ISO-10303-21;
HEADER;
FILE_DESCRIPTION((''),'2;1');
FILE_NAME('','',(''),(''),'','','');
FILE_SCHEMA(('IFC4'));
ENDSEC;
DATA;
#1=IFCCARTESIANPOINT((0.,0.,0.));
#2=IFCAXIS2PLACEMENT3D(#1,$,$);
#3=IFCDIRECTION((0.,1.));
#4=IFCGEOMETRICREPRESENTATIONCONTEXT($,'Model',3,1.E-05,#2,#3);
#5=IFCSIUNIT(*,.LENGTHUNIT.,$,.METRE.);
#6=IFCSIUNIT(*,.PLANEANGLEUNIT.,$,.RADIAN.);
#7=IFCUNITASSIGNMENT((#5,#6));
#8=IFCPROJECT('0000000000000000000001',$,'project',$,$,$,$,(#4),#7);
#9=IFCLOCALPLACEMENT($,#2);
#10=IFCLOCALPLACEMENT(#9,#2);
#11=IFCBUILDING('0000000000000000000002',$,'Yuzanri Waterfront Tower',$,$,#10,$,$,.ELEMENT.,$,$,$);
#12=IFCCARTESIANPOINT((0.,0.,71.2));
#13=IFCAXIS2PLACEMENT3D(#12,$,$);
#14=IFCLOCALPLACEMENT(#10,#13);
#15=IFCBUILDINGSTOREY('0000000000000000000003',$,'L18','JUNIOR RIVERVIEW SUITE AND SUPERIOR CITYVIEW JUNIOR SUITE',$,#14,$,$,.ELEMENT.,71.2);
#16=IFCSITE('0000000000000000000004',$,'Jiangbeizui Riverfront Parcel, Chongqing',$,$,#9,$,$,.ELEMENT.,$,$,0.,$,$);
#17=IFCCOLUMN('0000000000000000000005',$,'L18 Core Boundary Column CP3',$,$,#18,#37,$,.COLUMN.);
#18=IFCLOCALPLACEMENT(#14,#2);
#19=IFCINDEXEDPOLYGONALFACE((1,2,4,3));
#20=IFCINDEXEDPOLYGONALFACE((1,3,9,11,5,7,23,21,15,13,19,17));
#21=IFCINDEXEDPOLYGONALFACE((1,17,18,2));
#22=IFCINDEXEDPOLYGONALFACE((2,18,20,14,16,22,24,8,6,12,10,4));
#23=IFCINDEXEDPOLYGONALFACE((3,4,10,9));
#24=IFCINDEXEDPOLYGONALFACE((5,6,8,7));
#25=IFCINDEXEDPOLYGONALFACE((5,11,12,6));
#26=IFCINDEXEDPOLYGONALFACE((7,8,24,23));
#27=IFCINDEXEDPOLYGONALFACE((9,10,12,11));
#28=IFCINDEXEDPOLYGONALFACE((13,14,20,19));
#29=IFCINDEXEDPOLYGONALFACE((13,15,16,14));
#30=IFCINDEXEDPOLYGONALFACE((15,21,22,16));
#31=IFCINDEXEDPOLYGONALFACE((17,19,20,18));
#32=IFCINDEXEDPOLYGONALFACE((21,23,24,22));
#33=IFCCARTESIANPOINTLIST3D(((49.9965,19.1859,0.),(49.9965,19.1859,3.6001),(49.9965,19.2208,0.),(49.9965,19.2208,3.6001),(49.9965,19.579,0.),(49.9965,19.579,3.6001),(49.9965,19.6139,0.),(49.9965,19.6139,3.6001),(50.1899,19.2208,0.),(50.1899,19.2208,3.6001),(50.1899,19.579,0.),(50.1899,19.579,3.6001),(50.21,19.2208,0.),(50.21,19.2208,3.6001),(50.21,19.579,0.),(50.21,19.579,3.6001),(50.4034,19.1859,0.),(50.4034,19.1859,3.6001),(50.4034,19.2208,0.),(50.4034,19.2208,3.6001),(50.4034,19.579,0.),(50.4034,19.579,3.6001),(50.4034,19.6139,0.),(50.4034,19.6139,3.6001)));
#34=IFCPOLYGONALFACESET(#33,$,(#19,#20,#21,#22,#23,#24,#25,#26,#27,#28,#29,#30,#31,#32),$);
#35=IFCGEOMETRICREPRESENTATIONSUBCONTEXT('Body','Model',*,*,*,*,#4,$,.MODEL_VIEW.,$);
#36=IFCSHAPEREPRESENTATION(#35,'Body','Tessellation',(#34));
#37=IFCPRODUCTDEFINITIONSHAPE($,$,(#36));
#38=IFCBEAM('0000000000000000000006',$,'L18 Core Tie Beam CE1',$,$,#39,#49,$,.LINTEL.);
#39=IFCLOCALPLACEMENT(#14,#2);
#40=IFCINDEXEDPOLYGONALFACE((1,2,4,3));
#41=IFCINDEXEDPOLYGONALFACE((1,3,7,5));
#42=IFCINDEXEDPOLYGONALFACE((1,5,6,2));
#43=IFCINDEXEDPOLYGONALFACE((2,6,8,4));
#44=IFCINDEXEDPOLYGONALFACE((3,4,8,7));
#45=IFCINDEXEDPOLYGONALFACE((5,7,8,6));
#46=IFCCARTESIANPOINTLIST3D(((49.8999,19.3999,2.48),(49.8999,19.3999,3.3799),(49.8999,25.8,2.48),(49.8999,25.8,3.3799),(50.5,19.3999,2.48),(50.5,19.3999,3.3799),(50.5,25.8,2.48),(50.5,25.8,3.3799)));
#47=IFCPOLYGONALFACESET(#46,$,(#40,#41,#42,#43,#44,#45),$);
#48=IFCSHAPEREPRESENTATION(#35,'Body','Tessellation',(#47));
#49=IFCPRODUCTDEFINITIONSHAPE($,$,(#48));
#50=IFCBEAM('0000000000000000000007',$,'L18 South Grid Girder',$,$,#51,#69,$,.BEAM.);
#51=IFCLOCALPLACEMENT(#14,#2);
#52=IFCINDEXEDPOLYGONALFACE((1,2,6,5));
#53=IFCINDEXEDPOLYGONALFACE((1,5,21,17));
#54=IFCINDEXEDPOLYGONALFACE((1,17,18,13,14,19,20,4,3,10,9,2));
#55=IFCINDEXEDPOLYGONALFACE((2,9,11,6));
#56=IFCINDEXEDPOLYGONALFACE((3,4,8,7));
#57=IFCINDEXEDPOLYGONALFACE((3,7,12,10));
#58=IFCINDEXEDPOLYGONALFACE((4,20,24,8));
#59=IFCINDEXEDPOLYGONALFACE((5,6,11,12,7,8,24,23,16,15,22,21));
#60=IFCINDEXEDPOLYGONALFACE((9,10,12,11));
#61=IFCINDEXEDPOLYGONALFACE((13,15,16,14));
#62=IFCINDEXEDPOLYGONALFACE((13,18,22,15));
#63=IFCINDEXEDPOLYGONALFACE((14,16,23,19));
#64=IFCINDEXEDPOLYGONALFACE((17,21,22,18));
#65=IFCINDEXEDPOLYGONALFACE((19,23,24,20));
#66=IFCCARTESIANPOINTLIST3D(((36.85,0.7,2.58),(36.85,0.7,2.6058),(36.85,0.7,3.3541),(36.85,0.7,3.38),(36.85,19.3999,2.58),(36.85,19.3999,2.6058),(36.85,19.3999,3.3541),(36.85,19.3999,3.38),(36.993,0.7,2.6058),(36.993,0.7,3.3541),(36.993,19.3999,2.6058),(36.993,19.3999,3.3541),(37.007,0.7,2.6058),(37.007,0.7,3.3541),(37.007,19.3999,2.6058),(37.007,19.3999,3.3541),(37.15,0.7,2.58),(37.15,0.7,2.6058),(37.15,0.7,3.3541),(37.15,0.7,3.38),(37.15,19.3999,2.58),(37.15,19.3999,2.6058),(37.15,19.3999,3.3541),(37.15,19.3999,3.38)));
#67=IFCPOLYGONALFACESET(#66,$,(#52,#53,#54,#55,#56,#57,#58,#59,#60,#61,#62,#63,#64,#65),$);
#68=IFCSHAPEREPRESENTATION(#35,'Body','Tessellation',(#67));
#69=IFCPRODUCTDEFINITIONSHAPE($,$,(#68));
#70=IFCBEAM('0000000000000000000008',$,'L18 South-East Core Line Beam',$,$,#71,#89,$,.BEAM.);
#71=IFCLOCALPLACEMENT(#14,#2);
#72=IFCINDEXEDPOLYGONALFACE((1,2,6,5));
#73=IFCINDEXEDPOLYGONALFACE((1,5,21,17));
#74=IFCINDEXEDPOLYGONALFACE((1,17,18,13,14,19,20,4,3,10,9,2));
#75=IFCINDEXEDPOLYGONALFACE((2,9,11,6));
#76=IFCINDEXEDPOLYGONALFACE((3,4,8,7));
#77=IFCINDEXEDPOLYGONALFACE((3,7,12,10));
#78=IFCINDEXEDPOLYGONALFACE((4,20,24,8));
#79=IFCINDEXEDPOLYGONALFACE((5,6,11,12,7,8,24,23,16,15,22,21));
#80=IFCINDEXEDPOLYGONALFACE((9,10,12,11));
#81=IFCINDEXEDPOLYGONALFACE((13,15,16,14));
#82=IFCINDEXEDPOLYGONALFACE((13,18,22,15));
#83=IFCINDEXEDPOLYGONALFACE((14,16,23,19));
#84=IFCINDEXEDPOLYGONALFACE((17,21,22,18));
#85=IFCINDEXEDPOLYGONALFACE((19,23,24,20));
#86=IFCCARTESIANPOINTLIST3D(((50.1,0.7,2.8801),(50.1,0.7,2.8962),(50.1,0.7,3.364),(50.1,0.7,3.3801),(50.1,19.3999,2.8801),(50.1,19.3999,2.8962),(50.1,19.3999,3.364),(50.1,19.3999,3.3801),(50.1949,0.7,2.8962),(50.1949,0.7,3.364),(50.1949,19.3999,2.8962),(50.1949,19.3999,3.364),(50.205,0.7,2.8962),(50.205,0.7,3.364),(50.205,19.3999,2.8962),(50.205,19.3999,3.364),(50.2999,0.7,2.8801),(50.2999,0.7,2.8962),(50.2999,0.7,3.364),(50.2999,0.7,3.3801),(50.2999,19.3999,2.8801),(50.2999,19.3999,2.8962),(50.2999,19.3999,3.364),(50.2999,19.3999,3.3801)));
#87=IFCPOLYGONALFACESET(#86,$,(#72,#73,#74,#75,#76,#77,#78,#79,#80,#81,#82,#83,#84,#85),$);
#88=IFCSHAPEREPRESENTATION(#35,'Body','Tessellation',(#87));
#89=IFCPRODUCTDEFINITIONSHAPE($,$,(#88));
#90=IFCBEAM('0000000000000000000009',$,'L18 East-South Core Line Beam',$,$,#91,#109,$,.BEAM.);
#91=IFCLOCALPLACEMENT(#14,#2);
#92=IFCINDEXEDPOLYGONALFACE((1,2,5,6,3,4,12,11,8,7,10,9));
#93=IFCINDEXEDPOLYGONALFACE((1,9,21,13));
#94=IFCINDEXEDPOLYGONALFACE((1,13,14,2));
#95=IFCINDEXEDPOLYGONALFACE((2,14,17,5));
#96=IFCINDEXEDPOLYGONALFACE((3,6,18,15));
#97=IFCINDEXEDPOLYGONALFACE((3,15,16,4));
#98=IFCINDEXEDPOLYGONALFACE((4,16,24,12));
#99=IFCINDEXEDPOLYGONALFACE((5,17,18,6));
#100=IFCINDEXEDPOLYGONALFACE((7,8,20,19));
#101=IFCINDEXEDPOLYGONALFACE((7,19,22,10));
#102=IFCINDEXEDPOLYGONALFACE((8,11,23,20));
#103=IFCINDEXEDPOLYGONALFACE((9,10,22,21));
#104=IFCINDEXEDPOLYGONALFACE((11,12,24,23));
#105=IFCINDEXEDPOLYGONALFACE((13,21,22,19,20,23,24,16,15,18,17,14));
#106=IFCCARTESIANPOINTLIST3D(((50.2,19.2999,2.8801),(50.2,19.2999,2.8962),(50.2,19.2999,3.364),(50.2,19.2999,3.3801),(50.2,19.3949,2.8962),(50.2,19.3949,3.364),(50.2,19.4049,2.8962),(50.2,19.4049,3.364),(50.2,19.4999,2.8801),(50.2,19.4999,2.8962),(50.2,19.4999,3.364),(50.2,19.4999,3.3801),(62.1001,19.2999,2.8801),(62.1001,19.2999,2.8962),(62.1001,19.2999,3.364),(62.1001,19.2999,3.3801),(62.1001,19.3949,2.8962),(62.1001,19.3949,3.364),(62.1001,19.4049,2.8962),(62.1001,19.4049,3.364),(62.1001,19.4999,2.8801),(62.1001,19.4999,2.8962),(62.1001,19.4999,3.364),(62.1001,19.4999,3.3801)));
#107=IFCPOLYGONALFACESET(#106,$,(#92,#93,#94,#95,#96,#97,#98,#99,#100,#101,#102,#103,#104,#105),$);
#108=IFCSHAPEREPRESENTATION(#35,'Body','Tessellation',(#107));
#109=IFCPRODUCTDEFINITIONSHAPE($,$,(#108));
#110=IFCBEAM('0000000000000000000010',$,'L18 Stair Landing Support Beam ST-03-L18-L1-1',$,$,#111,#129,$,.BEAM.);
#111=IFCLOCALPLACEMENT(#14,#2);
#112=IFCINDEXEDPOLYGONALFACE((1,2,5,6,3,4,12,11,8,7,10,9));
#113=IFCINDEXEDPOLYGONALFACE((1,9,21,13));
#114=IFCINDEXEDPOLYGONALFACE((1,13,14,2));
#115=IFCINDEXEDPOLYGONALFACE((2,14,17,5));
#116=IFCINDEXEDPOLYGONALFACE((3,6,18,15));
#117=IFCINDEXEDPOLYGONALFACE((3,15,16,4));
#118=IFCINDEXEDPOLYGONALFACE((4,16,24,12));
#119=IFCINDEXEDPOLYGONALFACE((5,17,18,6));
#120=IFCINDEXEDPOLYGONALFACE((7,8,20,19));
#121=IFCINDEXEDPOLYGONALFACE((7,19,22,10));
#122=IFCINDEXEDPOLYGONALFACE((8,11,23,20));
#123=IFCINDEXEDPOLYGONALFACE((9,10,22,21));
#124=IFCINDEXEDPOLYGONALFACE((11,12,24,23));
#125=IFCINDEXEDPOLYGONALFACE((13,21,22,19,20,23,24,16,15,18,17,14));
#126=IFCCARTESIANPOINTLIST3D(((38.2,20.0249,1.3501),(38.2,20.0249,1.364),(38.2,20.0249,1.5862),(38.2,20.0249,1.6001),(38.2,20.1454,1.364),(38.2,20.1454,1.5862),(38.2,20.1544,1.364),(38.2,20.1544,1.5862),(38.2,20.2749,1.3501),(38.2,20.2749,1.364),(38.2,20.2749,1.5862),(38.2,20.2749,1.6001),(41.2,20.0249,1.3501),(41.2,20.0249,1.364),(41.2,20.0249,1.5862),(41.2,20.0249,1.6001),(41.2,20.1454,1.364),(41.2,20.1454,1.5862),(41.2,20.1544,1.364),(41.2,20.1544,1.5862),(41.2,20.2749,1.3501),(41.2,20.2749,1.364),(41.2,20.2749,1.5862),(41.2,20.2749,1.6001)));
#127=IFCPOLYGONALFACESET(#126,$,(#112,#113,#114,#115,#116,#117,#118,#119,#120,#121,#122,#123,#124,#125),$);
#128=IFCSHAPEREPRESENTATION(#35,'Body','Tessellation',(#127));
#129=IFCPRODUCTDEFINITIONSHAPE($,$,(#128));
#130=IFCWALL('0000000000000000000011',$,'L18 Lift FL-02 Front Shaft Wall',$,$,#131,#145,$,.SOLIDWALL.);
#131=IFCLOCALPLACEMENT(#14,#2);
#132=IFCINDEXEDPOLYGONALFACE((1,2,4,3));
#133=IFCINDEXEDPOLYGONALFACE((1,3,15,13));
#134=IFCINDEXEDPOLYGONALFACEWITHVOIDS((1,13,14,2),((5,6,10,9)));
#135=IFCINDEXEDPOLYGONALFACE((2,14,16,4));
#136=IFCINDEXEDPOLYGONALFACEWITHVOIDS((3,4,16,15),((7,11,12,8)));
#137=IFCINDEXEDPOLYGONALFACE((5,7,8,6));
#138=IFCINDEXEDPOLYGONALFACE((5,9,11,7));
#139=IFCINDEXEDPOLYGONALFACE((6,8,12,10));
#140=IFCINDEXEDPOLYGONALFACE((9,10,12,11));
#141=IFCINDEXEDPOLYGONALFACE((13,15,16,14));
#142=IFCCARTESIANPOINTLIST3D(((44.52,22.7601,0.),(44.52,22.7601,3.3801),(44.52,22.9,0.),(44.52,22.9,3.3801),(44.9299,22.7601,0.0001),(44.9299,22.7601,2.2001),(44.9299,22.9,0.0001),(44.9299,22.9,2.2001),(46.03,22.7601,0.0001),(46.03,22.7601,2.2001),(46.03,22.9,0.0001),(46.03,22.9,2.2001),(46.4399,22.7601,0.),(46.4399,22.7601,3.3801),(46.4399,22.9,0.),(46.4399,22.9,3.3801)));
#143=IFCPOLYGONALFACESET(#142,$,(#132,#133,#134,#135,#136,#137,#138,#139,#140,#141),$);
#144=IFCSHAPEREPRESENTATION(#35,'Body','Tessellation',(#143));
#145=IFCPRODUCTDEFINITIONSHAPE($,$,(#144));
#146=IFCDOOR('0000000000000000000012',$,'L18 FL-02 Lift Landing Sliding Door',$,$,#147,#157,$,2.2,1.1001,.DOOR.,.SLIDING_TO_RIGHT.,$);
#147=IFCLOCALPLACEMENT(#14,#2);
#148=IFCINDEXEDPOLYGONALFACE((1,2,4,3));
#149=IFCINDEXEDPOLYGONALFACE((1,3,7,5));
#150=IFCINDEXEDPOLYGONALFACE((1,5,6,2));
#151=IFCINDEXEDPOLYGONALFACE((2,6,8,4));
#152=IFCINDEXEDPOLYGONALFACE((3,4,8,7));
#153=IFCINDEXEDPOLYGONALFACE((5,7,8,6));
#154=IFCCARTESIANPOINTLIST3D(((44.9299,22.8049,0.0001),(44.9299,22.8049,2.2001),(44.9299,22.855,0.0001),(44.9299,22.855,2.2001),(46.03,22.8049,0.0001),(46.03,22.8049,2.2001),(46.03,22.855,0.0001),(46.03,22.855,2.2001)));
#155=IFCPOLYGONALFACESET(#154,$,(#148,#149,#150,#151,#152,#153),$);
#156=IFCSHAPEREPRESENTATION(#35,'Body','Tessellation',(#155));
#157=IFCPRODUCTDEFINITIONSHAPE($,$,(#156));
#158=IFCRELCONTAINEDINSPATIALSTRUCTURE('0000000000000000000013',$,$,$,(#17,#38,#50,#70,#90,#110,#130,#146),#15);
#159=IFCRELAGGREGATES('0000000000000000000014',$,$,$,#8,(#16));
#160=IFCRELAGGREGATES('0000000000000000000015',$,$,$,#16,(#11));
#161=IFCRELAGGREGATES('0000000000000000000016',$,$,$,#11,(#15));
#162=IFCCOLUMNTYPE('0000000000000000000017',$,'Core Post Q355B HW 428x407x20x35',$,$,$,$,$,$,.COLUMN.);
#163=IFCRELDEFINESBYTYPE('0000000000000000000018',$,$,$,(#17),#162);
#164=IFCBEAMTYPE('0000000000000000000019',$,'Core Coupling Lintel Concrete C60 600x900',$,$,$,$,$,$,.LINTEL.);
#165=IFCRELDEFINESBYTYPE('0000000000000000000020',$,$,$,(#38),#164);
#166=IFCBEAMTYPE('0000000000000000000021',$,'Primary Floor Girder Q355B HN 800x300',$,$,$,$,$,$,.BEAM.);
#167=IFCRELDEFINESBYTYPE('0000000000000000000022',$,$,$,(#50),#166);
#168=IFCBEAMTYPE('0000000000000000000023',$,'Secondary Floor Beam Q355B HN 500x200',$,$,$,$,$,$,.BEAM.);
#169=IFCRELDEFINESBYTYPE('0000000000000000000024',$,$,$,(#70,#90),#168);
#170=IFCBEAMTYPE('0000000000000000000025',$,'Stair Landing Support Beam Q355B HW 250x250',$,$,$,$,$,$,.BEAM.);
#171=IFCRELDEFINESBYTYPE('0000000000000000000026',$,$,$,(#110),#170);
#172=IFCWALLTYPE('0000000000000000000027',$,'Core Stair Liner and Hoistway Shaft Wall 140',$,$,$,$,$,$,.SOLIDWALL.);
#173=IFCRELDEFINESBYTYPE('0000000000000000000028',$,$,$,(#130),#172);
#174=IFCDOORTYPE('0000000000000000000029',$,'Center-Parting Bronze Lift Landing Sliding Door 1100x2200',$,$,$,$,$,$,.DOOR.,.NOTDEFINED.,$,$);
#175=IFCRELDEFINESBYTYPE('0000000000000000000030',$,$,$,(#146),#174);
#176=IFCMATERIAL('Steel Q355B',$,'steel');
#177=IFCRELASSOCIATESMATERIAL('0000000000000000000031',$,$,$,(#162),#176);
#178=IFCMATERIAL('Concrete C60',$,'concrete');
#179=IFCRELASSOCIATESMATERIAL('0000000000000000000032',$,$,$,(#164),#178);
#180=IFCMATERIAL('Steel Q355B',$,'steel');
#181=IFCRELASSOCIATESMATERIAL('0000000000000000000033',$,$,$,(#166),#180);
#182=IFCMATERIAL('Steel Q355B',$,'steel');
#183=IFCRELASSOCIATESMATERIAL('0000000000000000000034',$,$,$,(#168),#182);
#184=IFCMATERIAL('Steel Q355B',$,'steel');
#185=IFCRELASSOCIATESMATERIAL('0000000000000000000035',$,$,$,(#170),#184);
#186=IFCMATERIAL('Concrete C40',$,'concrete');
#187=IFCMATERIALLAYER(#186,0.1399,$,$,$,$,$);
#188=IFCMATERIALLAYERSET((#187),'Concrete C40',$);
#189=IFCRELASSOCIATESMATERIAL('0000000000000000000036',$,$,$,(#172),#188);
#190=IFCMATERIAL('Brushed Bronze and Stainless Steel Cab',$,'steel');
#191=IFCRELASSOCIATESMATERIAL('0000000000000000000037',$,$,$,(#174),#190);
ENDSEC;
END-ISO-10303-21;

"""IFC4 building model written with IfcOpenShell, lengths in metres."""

from ifc_helpers import new_model, si_unit, direction, frame, frame_2d, origin, origin_2d, place, context, subcontext, project, spatial, rectangle, i_section, extrude, source, transform, mapped, material, layer, layer_set, material_profile, profile_set, type_object, element, fill, save


model = new_model("IFC4")

# Units and contexts
model_context = context("Model", 3, precision=1e-05, world=origin(), true_north=direction((0.0, 1.0)))
body_context = subcontext(model_context, "Body", "Model", "MODEL_VIEW")
ifc_project = project(units=[si_unit("LENGTHUNIT", "METRE"), si_unit("PLANEANGLEUNIT", "RADIAN")], contexts=[model_context])

# Site, building, storey
site_placement = place(None, origin())
site = spatial("IfcSite", under=ifc_project, at=site_placement, Name="Jiangbeizui Riverfront Parcel, Chongqing", CompositionType="ELEMENT", RefElevation=0.0)
building_placement = place(site_placement, origin())
building = spatial("IfcBuilding", under=site, at=building_placement, Name="Yuzanri Waterfront Tower", CompositionType="ELEMENT")
storey_placement = place(building_placement, frame((0.0, 0.0, 71.2)))
storey = spatial("IfcBuildingStorey", under=building, at=storey_placement, Name="L18", Description="JUNIOR RIVERVIEW SUITE AND SUPERIOR CITYVIEW JUNIOR SUITE", CompositionType="ELEMENT", Elevation=71.2)

# Column
ifc_material_1 = material(Name="Steel Q355B", Category="steel")
ifc_material_profile_1 = material_profile(ifc_material_1, i_section(OverallWidth=0.407, OverallDepth=0.428, WebThickness=0.02, FlangeThickness=0.0349, at=origin_2d()), Name="HW 428x407x20x35")
ifc_profile_set_1 = profile_set([ifc_material_profile_1], Name="Steel Q355B")
column_type = type_object("IfcColumnType", Name="Core Post Q355B HW 428x407x20x35", PredefinedType="COLUMN", material=ifc_profile_set_1)
shared_shape_1 = source(origin(), body_context, "Body", "SweptSolid", [
    extrude(i_section(OverallWidth=0.407, OverallDepth=0.428, WebThickness=0.02, FlangeThickness=0.0349, at=origin_2d()), origin(), (0.0, 0.0, 1.0), 3.6001),
])
column_placement = place(storey_placement, frame((50.2, 19.3999, 0.0), z_axis=(0.0, 0.0, 1.0), x_axis=(1.0, 0.0, 0.0)))
element("IfcColumn", 1, at=column_placement, inside=storey, type_object=column_type, Name="L18 Core Boundary Column CP3", PredefinedType="COLUMN", context=body_context, shape_type="MappedRepresentation", body=[
    mapped(shared_shape_1, transform((0.0, 0.0, 0.0), scale=1.0)),
])

# Beams
ifc_material_2 = material(Name="Concrete C60", Category="concrete")
ifc_material_profile_2 = material_profile(ifc_material_2, rectangle(XDim=0.6001, YDim=0.8999, at=origin_2d()), Name="RC 600x900")
ifc_profile_set_2 = profile_set([ifc_material_profile_2], Name="Concrete C60")
beam_type_1 = type_object("IfcBeamType", Name="Core Coupling Lintel Concrete C60 600x900", PredefinedType="LINTEL", material=ifc_profile_set_2)
shared_shape_2 = source(origin(), body_context, "Body", "SweptSolid", [
    extrude(rectangle(XDim=0.6001, YDim=0.8999, at=origin_2d()), origin(), (0.0, 0.0, 1.0), 6.4001),
])
beam_1_placement = place(storey_placement, frame((50.2, 19.3999, 2.9299), z_axis=(0.0, 1.0, 0.0), x_axis=(-1.0, 0.0, 0.0)))
element("IfcBeam", 2, at=beam_1_placement, inside=storey, type_object=beam_type_1, Name="L18 Core Tie Beam CE1", PredefinedType="LINTEL", context=body_context, shape_type="MappedRepresentation", body=[
    mapped(shared_shape_2, transform((0.0, 0.0, 0.0), scale=1.0)),
])
ifc_material_3 = material(Name="Steel Q355B", Category="steel")
ifc_material_profile_3 = material_profile(ifc_material_3, i_section(OverallWidth=0.3, OverallDepth=0.8, WebThickness=0.0139, FlangeThickness=0.0259, at=origin_2d()), Name="HN 800x300x14x26")
ifc_profile_set_3 = profile_set([ifc_material_profile_3], Name="Steel Q355B")
beam_type_2 = type_object("IfcBeamType", Name="Primary Floor Girder Q355B HN 800x300", PredefinedType="BEAM", material=ifc_profile_set_3)
shared_shape_3 = source(origin(), body_context, "Body", "SweptSolid", [
    extrude(i_section(OverallWidth=0.3, OverallDepth=0.8, WebThickness=0.0139, FlangeThickness=0.0259, at=origin_2d()), origin(), (0.0, 0.0, 1.0), 18.7),
])
beam_2_placement = place(storey_placement, frame((37.0, 19.3999, 2.98), z_axis=(0.0, -1.0, 0.0), x_axis=(1.0, 0.0, 0.0)))
element("IfcBeam", 3, at=beam_2_placement, inside=storey, type_object=beam_type_2, Name="L18 South Grid Girder", PredefinedType="BEAM", context=body_context, shape_type="MappedRepresentation", body=[
    mapped(shared_shape_3, transform((0.0, 0.0, 0.0), scale=1.0)),
])
ifc_material_4 = material(Name="Steel Q355B", Category="steel")
ifc_material_profile_4 = material_profile(ifc_material_4, i_section(OverallWidth=0.2, OverallDepth=0.5, WebThickness=0.01, FlangeThickness=0.0161, at=origin_2d()), Name="HN 500x200x10x16")
ifc_profile_set_4 = profile_set([ifc_material_profile_4], Name="Steel Q355B")
beam_type_3 = type_object("IfcBeamType", Name="Secondary Floor Beam Q355B HN 500x200", PredefinedType="BEAM", material=ifc_profile_set_4)
shared_shape_4 = source(origin(), body_context, "Body", "SweptSolid", [
    extrude(i_section(OverallWidth=0.2, OverallDepth=0.5, WebThickness=0.01, FlangeThickness=0.0161, at=origin_2d()), origin(), (0.0, 0.0, 1.0), 18.7),
])
beam_3_placement = place(storey_placement, frame((50.2, 19.3999, 3.1301), z_axis=(0.0, -1.0, 0.0), x_axis=(1.0, 0.0, 0.0)))
element("IfcBeam", 4, at=beam_3_placement, inside=storey, type_object=beam_type_3, Name="L18 South-East Core Line Beam", PredefinedType="BEAM", context=body_context, shape_type="MappedRepresentation", body=[
    mapped(shared_shape_4, transform((0.0, 0.0, 0.0), scale=1.0)),
])
shared_shape_5 = source(origin(), body_context, "Body", "SweptSolid", [
    extrude(i_section(OverallWidth=0.2, OverallDepth=0.5, WebThickness=0.01, FlangeThickness=0.0161, at=origin_2d()), origin(), (0.0, 0.0, 1.0), 11.9001),
])
beam_4_placement = place(storey_placement, frame((50.2, 19.3999, 3.1301), z_axis=(1.0, 0.0, 0.0), x_axis=(0.0, 1.0, 0.0)))
element("IfcBeam", 5, at=beam_4_placement, inside=storey, type_object=beam_type_3, Name="L18 East-South Core Line Beam", PredefinedType="BEAM", context=body_context, shape_type="MappedRepresentation", body=[
    mapped(shared_shape_5, transform((0.0, 0.0, 0.0), scale=1.0)),
])
ifc_material_5 = material(Name="Steel Q355B", Category="steel")
ifc_material_profile_5 = material_profile(ifc_material_5, i_section(OverallWidth=0.25, OverallDepth=0.25, WebThickness=0.009, FlangeThickness=0.0139, at=origin_2d()), Name="HW 250x250x9x14")
ifc_profile_set_5 = profile_set([ifc_material_profile_5], Name="Steel Q355B")
beam_type_4 = type_object("IfcBeamType", Name="Stair Landing Support Beam Q355B HW 250x250", PredefinedType="BEAM", material=ifc_profile_set_5)
shared_shape_6 = source(origin(), body_context, "Body", "SweptSolid", [
    extrude(i_section(OverallWidth=0.25, OverallDepth=0.25, WebThickness=0.009, FlangeThickness=0.0139, at=origin_2d()), origin(), (0.0, 0.0, 1.0), 3.0),
])
beam_5_placement = place(storey_placement, frame((38.2, 20.1499, 1.4751), z_axis=(1.0, 0.0, 0.0), x_axis=(0.0, 1.0, 0.0)))
element("IfcBeam", 6, at=beam_5_placement, inside=storey, type_object=beam_type_4, Name="L18 Stair Landing Support Beam ST-03-L18-L1-1", PredefinedType="BEAM", context=body_context, shape_type="MappedRepresentation", body=[
    mapped(shared_shape_6, transform((0.0, 0.0, 0.0), scale=1.0)),
])

# Wall, opening, door
ifc_material_6 = material(Name="Concrete C40", Category="concrete")
ifc_layer_1 = layer(ifc_material_6, 0.1399)
ifc_layer_set_1 = layer_set([ifc_layer_1], Name="Concrete C40")
wall_type_1 = type_object("IfcWallType", Name="Core Stair Liner and Hoistway Shaft Wall 140", PredefinedType="SOLIDWALL", material=ifc_layer_set_1)
wall_1_placement = place(storey_placement, frame((44.52, 22.8301, 0.0), z_axis=(0.0, 0.0, 1.0), x_axis=(1.0, 0.0, 0.0)))
wall_1 = element("IfcWall", 7, at=wall_1_placement, inside=storey, type_object=wall_type_1, Name="L18 Lift FL-02 Front Shaft Wall", PredefinedType="SOLIDWALL", context=body_context, shape_type="SweptSolid", body=[
    extrude(rectangle(XDim=1.9199, YDim=0.1399, at=frame_2d((0.96, 0.0))), origin(), (0.0, 0.0, 1.0), 3.3801),
])
opening_1_placement = place(wall_1_placement, frame((0.4099, 0.0, 0.0)))
opening_1 = element("IfcOpeningElement", 8, at=opening_1_placement, cuts=wall_1, PredefinedType="OPENING", context=body_context, shape_type="SweptSolid", body=[
    extrude(rectangle(XDim=1.1001, YDim=2.2, at=frame_2d((0.55, 1.1001))), frame((0.0, 0.085, 0.0), z_axis=(0.0, -1.0, 0.0), x_axis=(1.0, 0.0, 0.0)), (0.0, 0.0, 1.0), 0.1697),
])
ifc_material_7 = material(Name="Brushed Bronze and Stainless Steel Cab", Category="steel")
door_type_1 = type_object("IfcDoorType", Name="Center-Parting Bronze Lift Landing Sliding Door 1100x2200", OperationType="NOTDEFINED", PredefinedType="DOOR", material=ifc_material_7)
shared_shape_7 = source(origin(), body_context, "Body", "SweptSolid", [
    extrude(rectangle(XDim=1.1001, YDim=2.2, at=frame_2d((0.55, 1.1001))), frame((0.0, 0.0249, 0.0), z_axis=(0.0, -1.0, 0.0), x_axis=(1.0, 0.0, 0.0)), (0.0, 0.0, 1.0), 0.05),
])
door_1_placement = place(opening_1_placement, origin())
door_1 = element("IfcDoor", 9, at=door_1_placement, inside=storey, type_object=door_type_1, Name="L18 FL-02 Lift Landing Sliding Door", OperationType="SLIDING_TO_RIGHT", OverallHeight=2.2, OverallWidth=1.1001, PredefinedType="DOOR", context=body_context, shape_type="MappedRepresentation", body=[
    mapped(shared_shape_7, transform((0.0, 0.0, 0.0), scale=1.0)),
])
fill(opening_1, door_1)

save(model, "model.ifc")
